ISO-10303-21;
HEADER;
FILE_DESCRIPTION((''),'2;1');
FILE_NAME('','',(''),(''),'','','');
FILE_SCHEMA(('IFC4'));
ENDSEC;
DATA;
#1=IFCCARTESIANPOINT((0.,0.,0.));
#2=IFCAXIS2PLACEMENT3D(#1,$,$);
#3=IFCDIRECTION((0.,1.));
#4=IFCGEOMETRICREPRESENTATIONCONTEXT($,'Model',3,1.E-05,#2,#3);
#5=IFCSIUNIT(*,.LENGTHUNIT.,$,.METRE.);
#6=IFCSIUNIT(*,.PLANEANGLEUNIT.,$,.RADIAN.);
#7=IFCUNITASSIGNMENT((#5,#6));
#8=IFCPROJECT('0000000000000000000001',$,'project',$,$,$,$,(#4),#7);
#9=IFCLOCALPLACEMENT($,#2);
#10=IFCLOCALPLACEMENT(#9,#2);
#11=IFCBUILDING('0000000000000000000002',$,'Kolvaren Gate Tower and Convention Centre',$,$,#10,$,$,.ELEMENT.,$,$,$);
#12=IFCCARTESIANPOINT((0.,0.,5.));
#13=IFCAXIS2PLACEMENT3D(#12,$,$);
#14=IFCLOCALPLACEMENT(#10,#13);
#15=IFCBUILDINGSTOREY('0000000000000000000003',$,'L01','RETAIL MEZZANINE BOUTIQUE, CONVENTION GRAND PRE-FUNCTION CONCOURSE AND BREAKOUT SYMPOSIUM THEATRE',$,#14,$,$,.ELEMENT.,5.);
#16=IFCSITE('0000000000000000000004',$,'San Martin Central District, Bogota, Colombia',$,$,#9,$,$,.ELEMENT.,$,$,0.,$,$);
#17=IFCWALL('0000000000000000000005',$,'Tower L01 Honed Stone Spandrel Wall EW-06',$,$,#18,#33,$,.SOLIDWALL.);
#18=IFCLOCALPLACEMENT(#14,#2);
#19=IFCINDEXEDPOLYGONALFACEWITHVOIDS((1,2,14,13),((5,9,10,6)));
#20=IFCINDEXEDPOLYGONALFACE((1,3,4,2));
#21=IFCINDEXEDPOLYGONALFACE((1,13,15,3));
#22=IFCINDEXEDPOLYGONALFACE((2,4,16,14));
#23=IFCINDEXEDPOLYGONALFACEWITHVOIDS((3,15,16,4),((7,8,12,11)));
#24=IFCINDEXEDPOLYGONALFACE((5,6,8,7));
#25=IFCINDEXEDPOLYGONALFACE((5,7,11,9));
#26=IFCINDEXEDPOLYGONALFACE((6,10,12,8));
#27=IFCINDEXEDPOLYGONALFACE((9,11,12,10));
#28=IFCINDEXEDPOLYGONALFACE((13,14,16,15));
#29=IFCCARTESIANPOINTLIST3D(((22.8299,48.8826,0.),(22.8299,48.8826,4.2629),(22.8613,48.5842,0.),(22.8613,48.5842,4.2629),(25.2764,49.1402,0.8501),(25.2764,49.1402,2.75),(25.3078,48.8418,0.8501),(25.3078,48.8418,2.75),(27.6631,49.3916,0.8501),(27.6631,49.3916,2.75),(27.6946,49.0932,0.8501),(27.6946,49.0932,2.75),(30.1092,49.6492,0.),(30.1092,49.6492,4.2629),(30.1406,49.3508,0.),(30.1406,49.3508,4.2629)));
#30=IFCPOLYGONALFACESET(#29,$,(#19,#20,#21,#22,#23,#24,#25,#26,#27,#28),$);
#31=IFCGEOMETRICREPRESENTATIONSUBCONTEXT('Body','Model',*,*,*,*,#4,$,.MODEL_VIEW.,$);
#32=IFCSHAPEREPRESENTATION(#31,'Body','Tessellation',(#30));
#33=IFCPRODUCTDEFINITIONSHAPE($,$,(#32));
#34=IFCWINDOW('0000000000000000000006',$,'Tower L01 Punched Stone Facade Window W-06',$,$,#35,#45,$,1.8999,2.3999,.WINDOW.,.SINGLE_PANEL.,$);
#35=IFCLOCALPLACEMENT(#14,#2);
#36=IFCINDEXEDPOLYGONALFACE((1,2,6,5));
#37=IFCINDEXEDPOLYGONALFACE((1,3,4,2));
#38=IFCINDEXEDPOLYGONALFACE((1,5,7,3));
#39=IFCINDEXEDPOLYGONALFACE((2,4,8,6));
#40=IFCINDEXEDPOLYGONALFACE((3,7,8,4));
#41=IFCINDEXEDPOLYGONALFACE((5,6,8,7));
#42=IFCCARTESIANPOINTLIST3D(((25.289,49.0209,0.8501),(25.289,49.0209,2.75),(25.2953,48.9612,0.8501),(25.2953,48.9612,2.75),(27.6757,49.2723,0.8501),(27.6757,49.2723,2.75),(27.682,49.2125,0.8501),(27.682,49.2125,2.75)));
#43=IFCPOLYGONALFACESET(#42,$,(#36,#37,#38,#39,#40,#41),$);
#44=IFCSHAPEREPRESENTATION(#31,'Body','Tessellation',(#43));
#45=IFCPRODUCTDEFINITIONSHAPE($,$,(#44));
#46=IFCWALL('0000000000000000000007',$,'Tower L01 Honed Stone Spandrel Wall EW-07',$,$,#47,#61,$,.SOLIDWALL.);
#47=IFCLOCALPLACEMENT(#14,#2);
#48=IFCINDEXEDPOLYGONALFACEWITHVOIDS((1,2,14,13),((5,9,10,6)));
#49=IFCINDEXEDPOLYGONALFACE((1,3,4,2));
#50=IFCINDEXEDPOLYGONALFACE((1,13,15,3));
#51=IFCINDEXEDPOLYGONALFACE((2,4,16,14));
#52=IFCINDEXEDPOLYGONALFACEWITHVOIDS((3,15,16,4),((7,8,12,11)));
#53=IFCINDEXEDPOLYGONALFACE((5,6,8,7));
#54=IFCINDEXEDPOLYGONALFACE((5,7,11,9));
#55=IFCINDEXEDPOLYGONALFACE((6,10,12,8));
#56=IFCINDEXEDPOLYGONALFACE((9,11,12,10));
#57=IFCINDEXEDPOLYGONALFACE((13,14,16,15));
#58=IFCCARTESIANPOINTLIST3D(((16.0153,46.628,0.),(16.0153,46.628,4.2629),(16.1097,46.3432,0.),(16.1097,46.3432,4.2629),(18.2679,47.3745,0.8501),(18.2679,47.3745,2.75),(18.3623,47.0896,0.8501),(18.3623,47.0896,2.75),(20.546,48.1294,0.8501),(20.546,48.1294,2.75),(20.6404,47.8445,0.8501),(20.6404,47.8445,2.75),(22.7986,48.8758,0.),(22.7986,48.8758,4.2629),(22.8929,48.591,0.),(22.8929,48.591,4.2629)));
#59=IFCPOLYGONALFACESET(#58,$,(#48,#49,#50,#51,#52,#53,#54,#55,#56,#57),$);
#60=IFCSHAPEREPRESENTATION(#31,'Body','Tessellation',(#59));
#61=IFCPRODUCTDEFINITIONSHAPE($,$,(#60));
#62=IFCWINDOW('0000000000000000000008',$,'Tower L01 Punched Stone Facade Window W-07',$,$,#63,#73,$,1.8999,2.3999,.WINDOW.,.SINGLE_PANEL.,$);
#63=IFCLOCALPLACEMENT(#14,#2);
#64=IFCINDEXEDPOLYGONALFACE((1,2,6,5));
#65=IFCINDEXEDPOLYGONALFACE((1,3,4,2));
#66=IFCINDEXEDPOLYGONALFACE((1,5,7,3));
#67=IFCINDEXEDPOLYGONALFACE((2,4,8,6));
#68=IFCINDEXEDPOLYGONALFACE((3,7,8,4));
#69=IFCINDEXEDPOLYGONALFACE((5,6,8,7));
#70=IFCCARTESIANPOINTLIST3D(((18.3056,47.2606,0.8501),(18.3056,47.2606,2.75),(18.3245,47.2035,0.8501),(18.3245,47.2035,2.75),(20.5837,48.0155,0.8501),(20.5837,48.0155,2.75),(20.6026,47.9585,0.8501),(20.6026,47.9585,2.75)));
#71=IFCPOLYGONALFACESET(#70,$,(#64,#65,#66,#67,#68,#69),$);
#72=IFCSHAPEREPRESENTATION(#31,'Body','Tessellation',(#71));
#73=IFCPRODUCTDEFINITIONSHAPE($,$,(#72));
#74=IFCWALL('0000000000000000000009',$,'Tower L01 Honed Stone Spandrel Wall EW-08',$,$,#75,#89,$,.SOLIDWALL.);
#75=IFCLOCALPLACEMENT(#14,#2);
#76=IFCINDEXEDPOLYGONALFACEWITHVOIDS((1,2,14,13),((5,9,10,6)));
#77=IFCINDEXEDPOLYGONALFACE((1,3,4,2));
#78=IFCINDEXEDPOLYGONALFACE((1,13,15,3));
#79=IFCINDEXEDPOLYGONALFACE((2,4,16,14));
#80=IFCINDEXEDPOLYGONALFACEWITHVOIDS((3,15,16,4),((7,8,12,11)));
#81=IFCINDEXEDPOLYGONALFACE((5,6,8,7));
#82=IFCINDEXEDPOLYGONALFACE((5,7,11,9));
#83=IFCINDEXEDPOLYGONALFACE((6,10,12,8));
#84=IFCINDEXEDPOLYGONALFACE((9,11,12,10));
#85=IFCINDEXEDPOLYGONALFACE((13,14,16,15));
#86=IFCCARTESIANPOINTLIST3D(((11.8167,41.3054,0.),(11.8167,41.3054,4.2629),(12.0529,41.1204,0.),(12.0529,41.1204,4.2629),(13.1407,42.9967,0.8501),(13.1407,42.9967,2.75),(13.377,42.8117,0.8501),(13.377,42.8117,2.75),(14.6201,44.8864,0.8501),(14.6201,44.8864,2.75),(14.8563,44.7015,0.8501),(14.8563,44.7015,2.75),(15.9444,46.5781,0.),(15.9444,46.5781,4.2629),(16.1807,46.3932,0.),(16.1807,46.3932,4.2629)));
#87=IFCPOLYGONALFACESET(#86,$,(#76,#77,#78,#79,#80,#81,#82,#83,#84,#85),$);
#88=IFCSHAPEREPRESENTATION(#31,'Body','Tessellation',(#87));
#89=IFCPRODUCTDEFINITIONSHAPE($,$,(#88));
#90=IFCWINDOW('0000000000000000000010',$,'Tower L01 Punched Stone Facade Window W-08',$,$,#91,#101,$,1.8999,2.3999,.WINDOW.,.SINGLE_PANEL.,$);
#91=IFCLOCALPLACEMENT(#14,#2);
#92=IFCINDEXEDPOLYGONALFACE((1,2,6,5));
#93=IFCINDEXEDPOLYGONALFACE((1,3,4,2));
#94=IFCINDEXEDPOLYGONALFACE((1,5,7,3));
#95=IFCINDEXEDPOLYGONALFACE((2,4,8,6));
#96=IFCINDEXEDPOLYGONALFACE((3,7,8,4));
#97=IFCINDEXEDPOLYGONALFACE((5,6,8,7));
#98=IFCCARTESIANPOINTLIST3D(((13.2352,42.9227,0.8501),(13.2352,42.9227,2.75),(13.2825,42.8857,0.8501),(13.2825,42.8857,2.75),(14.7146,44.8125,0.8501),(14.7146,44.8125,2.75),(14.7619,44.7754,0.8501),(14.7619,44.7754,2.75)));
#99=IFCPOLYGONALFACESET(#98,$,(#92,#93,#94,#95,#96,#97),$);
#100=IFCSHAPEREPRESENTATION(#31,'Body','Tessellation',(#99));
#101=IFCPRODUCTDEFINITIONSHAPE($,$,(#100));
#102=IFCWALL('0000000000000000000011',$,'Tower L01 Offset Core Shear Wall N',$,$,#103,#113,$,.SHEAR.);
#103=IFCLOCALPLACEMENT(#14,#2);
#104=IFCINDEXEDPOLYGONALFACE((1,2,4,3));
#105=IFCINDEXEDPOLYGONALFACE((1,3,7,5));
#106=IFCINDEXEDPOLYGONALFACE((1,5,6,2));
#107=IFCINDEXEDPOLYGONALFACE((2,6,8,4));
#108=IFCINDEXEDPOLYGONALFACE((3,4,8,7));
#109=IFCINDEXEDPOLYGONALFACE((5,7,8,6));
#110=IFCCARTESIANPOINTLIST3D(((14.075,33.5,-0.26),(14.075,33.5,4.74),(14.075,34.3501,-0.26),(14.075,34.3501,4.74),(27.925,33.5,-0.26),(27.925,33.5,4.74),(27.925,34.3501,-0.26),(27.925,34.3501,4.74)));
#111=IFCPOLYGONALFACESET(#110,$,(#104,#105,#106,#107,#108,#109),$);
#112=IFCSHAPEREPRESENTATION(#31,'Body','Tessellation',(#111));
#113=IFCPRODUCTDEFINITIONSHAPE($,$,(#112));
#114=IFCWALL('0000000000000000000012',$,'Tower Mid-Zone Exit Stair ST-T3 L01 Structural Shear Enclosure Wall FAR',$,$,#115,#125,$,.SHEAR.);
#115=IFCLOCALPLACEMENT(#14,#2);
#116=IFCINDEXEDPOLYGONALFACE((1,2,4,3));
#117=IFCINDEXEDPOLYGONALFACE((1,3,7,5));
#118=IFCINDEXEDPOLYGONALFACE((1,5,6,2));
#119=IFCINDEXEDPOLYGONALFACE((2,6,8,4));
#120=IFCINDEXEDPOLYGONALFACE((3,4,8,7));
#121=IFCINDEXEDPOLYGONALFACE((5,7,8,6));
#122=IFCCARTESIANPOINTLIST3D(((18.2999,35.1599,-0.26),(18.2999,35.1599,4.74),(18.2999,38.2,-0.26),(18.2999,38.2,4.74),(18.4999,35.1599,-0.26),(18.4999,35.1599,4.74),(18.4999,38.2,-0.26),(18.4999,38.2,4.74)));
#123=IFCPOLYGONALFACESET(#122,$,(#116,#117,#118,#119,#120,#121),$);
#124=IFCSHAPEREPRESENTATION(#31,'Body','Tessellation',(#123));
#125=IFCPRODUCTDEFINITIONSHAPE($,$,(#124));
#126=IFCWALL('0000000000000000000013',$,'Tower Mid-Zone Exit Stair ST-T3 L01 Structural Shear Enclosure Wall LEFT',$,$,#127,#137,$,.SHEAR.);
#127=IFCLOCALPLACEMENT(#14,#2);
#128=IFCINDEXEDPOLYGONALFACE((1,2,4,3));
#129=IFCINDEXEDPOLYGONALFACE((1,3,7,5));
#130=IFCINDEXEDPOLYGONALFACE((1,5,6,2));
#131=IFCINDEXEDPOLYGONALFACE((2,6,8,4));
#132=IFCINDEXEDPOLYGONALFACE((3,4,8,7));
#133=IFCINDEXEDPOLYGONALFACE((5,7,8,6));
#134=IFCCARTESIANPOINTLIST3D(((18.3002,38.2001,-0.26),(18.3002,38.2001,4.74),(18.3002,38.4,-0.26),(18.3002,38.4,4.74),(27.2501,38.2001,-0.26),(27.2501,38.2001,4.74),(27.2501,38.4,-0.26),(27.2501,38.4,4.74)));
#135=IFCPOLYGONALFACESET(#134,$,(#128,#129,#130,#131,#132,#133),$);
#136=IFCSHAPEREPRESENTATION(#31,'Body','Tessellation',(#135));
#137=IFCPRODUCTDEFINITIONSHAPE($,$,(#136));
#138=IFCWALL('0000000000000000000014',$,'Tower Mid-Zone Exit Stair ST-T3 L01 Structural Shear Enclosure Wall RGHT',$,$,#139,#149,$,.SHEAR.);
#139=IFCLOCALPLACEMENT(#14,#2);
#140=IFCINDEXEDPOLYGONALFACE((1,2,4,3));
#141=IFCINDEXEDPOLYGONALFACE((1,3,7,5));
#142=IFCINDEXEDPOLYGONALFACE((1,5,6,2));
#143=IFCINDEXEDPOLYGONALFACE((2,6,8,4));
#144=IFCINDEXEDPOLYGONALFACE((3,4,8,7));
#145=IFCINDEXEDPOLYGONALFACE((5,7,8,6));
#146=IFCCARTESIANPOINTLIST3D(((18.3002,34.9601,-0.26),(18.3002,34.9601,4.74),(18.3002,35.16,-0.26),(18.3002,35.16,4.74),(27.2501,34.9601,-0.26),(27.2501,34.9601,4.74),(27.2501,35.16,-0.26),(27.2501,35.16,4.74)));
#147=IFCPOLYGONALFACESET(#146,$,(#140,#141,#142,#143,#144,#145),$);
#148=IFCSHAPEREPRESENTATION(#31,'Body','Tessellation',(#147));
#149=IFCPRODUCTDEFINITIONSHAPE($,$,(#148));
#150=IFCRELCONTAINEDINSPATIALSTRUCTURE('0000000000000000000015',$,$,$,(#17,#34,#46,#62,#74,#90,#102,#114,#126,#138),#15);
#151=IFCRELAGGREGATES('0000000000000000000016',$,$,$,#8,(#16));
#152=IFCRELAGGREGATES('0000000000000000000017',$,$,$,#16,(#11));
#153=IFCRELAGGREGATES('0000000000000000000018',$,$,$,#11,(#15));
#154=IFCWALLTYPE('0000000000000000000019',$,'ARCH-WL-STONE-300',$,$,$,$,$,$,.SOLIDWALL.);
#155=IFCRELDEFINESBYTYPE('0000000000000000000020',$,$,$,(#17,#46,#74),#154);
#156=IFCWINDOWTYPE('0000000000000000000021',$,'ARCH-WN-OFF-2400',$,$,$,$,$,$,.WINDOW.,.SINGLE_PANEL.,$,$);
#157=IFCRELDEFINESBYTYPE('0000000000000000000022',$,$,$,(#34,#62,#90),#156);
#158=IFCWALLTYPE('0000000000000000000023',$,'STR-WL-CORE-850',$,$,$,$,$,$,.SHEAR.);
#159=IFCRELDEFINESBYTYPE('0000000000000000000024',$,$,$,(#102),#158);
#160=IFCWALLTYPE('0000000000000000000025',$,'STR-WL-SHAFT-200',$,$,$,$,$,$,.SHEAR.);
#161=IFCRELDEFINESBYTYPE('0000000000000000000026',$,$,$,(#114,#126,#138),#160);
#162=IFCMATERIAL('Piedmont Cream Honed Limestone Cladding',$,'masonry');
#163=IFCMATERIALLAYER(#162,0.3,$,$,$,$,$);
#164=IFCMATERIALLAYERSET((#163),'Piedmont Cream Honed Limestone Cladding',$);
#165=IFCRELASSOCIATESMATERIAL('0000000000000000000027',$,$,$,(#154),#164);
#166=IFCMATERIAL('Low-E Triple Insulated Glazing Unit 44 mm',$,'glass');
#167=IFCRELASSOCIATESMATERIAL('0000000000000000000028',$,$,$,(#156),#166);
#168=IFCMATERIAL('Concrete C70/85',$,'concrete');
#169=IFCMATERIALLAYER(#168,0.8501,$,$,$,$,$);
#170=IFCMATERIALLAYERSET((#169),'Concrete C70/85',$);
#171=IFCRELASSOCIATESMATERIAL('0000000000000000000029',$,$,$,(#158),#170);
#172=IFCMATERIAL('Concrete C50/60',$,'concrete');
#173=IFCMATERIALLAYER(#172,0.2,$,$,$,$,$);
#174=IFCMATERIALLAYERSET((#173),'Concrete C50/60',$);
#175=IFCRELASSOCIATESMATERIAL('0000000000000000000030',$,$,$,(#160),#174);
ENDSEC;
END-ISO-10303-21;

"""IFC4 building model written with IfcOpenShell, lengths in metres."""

from ifc_helpers import new_model, si_unit, direction, frame, frame_2d, origin, place, context, subcontext, project, spatial, rectangle, extrude, material, layer, layer_set, type_object, element, fill, save


model = new_model("IFC4")

# Units and contexts
model_context = context("Model", 3, precision=1e-05, world=origin(), true_north=direction((0.0, 1.0)))
body_context = subcontext(model_context, "Body", "Model", "MODEL_VIEW")
ifc_project = project(units=[si_unit("LENGTHUNIT", "METRE"), si_unit("PLANEANGLEUNIT", "RADIAN")], contexts=[model_context])

# Site, building, storey
site_placement = place(None, origin())
site = spatial("IfcSite", under=ifc_project, at=site_placement, Name="San Martin Central District, Bogota, Colombia", CompositionType="ELEMENT", RefElevation=0.0)
building_placement = place(site_placement, origin())
building = spatial("IfcBuilding", under=site, at=building_placement, Name="Kolvaren Gate Tower and Convention Centre", CompositionType="ELEMENT")
storey_placement = place(building_placement, frame((0.0, 0.0, 5.0)))
storey = spatial("IfcBuildingStorey", under=building, at=storey_placement, Name="L01", Description="RETAIL MEZZANINE BOUTIQUE, CONVENTION GRAND PRE-FUNCTION CONCOURSE AND BREAKOUT SYMPOSIUM THEATRE", CompositionType="ELEMENT", Elevation=5.0)

# Shared definitions
ifc_material_1 = material(Name="Concrete C70/85", Category="concrete")

# Walls, openings, windows
ifc_material_2 = material(Name="Piedmont Cream Honed Limestone Cladding", Category="masonry")
ifc_layer_1 = layer(ifc_material_2, 0.3)
ifc_layer_set_1 = layer_set([ifc_layer_1], Name="Piedmont Cream Honed Limestone Cladding")
wall_type_1 = type_object("IfcWallType", Name="ARCH-WL-STONE-300", PredefinedType="SOLIDWALL", material=ifc_layer_set_1)
wall_1_placement = place(storey_placement, frame((22.8457, 48.7334, 0.0), z_axis=(0.0, 0.0, 1.0), x_axis=(0.9945, 0.104733, 0.0)))
wall_1 = element("IfcWall", 1, at=wall_1_placement, inside=storey, type_object=wall_type_1, Name="Tower L01 Honed Stone Spandrel Wall EW-06", PredefinedType="SOLIDWALL", context=body_context, shape_type="SweptSolid", body=[
    extrude(rectangle(XDim=7.3196, YDim=0.3, at=frame_2d((3.6597, 0.0))), origin(), (0.0, 0.0, 1.0), 4.2629),
])
opening_1_placement = place(wall_1_placement, frame((2.46, 0.0, 0.8501)))
opening_1 = element("IfcOpeningElement", 2, at=opening_1_placement, cuts=wall_1, PredefinedType="OPENING", context=body_context, shape_type="SweptSolid", body=[
    extrude(rectangle(XDim=2.3999, YDim=1.8999, at=frame_2d((1.2, 0.95))), frame((0.0, 0.1599, 0.0), z_axis=(0.0, -1.0, 0.0), x_axis=(1.0, 0.0, 0.0)), (0.0, 0.0, 1.0), 0.3201),
])
ifc_material_3 = material(Name="Low-E Triple Insulated Glazing Unit 44 mm", Category="glass")
window_type = type_object("IfcWindowType", Name="ARCH-WN-OFF-2400", PartitioningType="SINGLE_PANEL", PredefinedType="WINDOW", material=ifc_material_3)
window_1_placement = place(opening_1_placement, origin())
window_1 = element("IfcWindow", 3, at=window_1_placement, inside=storey, type_object=window_type, Name="Tower L01 Punched Stone Facade Window W-06", OverallHeight=1.8999, OverallWidth=2.3999, PartitioningType="SINGLE_PANEL", PredefinedType="WINDOW", context=body_context, shape_type="SweptSolid", body=[
    extrude(rectangle(XDim=2.3999, YDim=1.8999, at=frame_2d((1.2, 0.95))), frame((0.0, 0.03, 0.0), z_axis=(0.0, -1.0, 0.0), x_axis=(1.0, 0.0, 0.0)), (0.0, 0.0, 1.0), 0.0601),
])
fill(opening_1, window_1)
wall_2_placement = place(storey_placement, frame((16.0625, 46.4856, 0.0), z_axis=(0.0, 0.0, 1.0), x_axis=(0.949239, 0.314557, 0.0)))
wall_2 = element("IfcWall", 4, at=wall_2_placement, inside=storey, type_object=wall_type_1, Name="Tower L01 Honed Stone Spandrel Wall EW-07", PredefinedType="SOLIDWALL", context=body_context, shape_type="SweptSolid", body=[
    extrude(rectangle(XDim=7.146, YDim=0.3, at=frame_2d((3.573, 0.0))), origin(), (0.0, 0.0, 1.0), 4.2629),
])
opening_2_placement = place(wall_2_placement, frame((2.373, 0.0, 0.8501)))
opening_2 = element("IfcOpeningElement", 5, at=opening_2_placement, cuts=wall_2, PredefinedType="OPENING", context=body_context, shape_type="SweptSolid", body=[
    extrude(rectangle(XDim=2.3999, YDim=1.8999, at=frame_2d((1.2, 0.95))), frame((0.0, 0.1599, 0.0), z_axis=(0.0, -1.0, 0.0), x_axis=(1.0, 0.0, 0.0)), (0.0, 0.0, 1.0), 0.3201),
])
window_2_placement = place(opening_2_placement, origin())
window_2 = element("IfcWindow", 6, at=window_2_placement, inside=storey, type_object=window_type, Name="Tower L01 Punched Stone Facade Window W-07", OverallHeight=1.8999, OverallWidth=2.3999, PartitioningType="SINGLE_PANEL", PredefinedType="WINDOW", context=body_context, shape_type="SweptSolid", body=[
    extrude(rectangle(XDim=2.3999, YDim=1.8999, at=frame_2d((1.2, 0.95))), frame((0.0, 0.03, 0.0), z_axis=(0.0, -1.0, 0.0), x_axis=(1.0, 0.0, 0.0)), (0.0, 0.0, 1.0), 0.0601),
])
fill(opening_2, window_2)
wall_3_placement = place(storey_placement, frame((11.9348, 41.2129, 0.0), z_axis=(0.0, 0.0, 1.0), x_axis=(0.616421, 0.787417, 0.0)))
wall_3 = element("IfcWall", 7, at=wall_3_placement, inside=storey, type_object=wall_type_1, Name="Tower L01 Honed Stone Spandrel Wall EW-08", PredefinedType="SOLIDWALL", context=body_context, shape_type="SweptSolid", body=[
    extrude(rectangle(XDim=6.6963, YDim=0.3, at=frame_2d((3.3481, 0.0))), origin(), (0.0, 0.0, 1.0), 4.2629),
])
opening_3_placement = place(wall_3_placement, frame((2.1479, 0.0, 0.8501)))
opening_3 = element("IfcOpeningElement", 8, at=opening_3_placement, cuts=wall_3, PredefinedType="OPENING", context=body_context, shape_type="SweptSolid", body=[
    extrude(rectangle(XDim=2.3999, YDim=1.8999, at=frame_2d((1.2, 0.95))), frame((0.0, 0.1599, 0.0), z_axis=(0.0, -1.0, 0.0), x_axis=(1.0, 0.0, 0.0)), (0.0, 0.0, 1.0), 0.3201),
])
window_3_placement = place(opening_3_placement, origin())
window_3 = element("IfcWindow", 9, at=window_3_placement, inside=storey, type_object=window_type, Name="Tower L01 Punched Stone Facade Window W-08", OverallHeight=1.8999, OverallWidth=2.3999, PartitioningType="SINGLE_PANEL", PredefinedType="WINDOW", context=body_context, shape_type="SweptSolid", body=[
    extrude(rectangle(XDim=2.3999, YDim=1.8999, at=frame_2d((1.2, 0.95))), frame((0.0, 0.03, 0.0), z_axis=(0.0, -1.0, 0.0), x_axis=(1.0, 0.0, 0.0)), (0.0, 0.0, 1.0), 0.0601),
])
fill(opening_3, window_3)

# Walls
ifc_layer_2 = layer(ifc_material_1, 0.8501)
ifc_layer_set_2 = layer_set([ifc_layer_2], Name="Concrete C70/85")
wall_type_2 = type_object("IfcWallType", Name="STR-WL-CORE-850", PredefinedType="SHEAR", material=ifc_layer_set_2)
wall_4_placement = place(storey_placement, frame((14.075, 33.925, -0.26), z_axis=(0.0, 0.0, 1.0), x_axis=(1.0, 0.0, 0.0)))
element("IfcWall", 10, at=wall_4_placement, inside=storey, type_object=wall_type_2, Name="Tower L01 Offset Core Shear Wall N", PredefinedType="SHEAR", context=body_context, shape_type="SweptSolid", body=[
    extrude(rectangle(XDim=13.8501, YDim=0.8501, at=frame_2d((6.925, 0.0))), origin(), (0.0, 0.0, 1.0), 5.0),
])
ifc_material_4 = material(Name="Concrete C50/60", Category="concrete")
ifc_layer_3 = layer(ifc_material_4, 0.2)
ifc_layer_set_3 = layer_set([ifc_layer_3], Name="Concrete C50/60")
wall_type_3 = type_object("IfcWallType", Name="STR-WL-SHAFT-200", PredefinedType="SHEAR", material=ifc_layer_set_3)
wall_5_placement = place(storey_placement, frame((18.3999, 35.1599, -0.26), z_axis=(0.0, 0.0, 1.0), x_axis=(0.0, 1.0, 0.0)))
element("IfcWall", 11, at=wall_5_placement, inside=storey, type_object=wall_type_3, Name="Tower Mid-Zone Exit Stair ST-T3 L01 Structural Shear Enclosure Wall FAR", PredefinedType="SHEAR", context=body_context, shape_type="SweptSolid", body=[
    extrude(rectangle(XDim=3.04, YDim=0.2, at=frame_2d((1.52, 0.0))), origin(), (0.0, 0.0, 1.0), 5.0),
])
for number, where, z_axis, x_axis, name in (
    (12, (18.3, 38.3, -0.26), (0.0, 0.0, 1.0), (1.0, 0.0, 0.0), "Tower Mid-Zone Exit Stair ST-T3 L01 Structural Shear Enclosure Wall LEFT"),
    (13, (18.3, 35.0601, -0.26), (0.0, 0.0, 1.0), (1.0, 0.0, 0.0), "Tower Mid-Zone Exit Stair ST-T3 L01 Structural Shear Enclosure Wall RGHT"),
):
    element("IfcWall", number, at=place(storey_placement, frame(where, z_axis=z_axis, x_axis=x_axis)), inside=storey, type_object=wall_type_3, Name=name, PredefinedType="SHEAR", context=body_context, shape_type="SweptSolid", body=[
        extrude(rectangle(XDim=8.95, YDim=0.2, at=frame_2d((4.4751, 0.0))), origin(), (0.0, 0.0, 1.0), 5.0),
    ])

save(model, "model.ifc")
